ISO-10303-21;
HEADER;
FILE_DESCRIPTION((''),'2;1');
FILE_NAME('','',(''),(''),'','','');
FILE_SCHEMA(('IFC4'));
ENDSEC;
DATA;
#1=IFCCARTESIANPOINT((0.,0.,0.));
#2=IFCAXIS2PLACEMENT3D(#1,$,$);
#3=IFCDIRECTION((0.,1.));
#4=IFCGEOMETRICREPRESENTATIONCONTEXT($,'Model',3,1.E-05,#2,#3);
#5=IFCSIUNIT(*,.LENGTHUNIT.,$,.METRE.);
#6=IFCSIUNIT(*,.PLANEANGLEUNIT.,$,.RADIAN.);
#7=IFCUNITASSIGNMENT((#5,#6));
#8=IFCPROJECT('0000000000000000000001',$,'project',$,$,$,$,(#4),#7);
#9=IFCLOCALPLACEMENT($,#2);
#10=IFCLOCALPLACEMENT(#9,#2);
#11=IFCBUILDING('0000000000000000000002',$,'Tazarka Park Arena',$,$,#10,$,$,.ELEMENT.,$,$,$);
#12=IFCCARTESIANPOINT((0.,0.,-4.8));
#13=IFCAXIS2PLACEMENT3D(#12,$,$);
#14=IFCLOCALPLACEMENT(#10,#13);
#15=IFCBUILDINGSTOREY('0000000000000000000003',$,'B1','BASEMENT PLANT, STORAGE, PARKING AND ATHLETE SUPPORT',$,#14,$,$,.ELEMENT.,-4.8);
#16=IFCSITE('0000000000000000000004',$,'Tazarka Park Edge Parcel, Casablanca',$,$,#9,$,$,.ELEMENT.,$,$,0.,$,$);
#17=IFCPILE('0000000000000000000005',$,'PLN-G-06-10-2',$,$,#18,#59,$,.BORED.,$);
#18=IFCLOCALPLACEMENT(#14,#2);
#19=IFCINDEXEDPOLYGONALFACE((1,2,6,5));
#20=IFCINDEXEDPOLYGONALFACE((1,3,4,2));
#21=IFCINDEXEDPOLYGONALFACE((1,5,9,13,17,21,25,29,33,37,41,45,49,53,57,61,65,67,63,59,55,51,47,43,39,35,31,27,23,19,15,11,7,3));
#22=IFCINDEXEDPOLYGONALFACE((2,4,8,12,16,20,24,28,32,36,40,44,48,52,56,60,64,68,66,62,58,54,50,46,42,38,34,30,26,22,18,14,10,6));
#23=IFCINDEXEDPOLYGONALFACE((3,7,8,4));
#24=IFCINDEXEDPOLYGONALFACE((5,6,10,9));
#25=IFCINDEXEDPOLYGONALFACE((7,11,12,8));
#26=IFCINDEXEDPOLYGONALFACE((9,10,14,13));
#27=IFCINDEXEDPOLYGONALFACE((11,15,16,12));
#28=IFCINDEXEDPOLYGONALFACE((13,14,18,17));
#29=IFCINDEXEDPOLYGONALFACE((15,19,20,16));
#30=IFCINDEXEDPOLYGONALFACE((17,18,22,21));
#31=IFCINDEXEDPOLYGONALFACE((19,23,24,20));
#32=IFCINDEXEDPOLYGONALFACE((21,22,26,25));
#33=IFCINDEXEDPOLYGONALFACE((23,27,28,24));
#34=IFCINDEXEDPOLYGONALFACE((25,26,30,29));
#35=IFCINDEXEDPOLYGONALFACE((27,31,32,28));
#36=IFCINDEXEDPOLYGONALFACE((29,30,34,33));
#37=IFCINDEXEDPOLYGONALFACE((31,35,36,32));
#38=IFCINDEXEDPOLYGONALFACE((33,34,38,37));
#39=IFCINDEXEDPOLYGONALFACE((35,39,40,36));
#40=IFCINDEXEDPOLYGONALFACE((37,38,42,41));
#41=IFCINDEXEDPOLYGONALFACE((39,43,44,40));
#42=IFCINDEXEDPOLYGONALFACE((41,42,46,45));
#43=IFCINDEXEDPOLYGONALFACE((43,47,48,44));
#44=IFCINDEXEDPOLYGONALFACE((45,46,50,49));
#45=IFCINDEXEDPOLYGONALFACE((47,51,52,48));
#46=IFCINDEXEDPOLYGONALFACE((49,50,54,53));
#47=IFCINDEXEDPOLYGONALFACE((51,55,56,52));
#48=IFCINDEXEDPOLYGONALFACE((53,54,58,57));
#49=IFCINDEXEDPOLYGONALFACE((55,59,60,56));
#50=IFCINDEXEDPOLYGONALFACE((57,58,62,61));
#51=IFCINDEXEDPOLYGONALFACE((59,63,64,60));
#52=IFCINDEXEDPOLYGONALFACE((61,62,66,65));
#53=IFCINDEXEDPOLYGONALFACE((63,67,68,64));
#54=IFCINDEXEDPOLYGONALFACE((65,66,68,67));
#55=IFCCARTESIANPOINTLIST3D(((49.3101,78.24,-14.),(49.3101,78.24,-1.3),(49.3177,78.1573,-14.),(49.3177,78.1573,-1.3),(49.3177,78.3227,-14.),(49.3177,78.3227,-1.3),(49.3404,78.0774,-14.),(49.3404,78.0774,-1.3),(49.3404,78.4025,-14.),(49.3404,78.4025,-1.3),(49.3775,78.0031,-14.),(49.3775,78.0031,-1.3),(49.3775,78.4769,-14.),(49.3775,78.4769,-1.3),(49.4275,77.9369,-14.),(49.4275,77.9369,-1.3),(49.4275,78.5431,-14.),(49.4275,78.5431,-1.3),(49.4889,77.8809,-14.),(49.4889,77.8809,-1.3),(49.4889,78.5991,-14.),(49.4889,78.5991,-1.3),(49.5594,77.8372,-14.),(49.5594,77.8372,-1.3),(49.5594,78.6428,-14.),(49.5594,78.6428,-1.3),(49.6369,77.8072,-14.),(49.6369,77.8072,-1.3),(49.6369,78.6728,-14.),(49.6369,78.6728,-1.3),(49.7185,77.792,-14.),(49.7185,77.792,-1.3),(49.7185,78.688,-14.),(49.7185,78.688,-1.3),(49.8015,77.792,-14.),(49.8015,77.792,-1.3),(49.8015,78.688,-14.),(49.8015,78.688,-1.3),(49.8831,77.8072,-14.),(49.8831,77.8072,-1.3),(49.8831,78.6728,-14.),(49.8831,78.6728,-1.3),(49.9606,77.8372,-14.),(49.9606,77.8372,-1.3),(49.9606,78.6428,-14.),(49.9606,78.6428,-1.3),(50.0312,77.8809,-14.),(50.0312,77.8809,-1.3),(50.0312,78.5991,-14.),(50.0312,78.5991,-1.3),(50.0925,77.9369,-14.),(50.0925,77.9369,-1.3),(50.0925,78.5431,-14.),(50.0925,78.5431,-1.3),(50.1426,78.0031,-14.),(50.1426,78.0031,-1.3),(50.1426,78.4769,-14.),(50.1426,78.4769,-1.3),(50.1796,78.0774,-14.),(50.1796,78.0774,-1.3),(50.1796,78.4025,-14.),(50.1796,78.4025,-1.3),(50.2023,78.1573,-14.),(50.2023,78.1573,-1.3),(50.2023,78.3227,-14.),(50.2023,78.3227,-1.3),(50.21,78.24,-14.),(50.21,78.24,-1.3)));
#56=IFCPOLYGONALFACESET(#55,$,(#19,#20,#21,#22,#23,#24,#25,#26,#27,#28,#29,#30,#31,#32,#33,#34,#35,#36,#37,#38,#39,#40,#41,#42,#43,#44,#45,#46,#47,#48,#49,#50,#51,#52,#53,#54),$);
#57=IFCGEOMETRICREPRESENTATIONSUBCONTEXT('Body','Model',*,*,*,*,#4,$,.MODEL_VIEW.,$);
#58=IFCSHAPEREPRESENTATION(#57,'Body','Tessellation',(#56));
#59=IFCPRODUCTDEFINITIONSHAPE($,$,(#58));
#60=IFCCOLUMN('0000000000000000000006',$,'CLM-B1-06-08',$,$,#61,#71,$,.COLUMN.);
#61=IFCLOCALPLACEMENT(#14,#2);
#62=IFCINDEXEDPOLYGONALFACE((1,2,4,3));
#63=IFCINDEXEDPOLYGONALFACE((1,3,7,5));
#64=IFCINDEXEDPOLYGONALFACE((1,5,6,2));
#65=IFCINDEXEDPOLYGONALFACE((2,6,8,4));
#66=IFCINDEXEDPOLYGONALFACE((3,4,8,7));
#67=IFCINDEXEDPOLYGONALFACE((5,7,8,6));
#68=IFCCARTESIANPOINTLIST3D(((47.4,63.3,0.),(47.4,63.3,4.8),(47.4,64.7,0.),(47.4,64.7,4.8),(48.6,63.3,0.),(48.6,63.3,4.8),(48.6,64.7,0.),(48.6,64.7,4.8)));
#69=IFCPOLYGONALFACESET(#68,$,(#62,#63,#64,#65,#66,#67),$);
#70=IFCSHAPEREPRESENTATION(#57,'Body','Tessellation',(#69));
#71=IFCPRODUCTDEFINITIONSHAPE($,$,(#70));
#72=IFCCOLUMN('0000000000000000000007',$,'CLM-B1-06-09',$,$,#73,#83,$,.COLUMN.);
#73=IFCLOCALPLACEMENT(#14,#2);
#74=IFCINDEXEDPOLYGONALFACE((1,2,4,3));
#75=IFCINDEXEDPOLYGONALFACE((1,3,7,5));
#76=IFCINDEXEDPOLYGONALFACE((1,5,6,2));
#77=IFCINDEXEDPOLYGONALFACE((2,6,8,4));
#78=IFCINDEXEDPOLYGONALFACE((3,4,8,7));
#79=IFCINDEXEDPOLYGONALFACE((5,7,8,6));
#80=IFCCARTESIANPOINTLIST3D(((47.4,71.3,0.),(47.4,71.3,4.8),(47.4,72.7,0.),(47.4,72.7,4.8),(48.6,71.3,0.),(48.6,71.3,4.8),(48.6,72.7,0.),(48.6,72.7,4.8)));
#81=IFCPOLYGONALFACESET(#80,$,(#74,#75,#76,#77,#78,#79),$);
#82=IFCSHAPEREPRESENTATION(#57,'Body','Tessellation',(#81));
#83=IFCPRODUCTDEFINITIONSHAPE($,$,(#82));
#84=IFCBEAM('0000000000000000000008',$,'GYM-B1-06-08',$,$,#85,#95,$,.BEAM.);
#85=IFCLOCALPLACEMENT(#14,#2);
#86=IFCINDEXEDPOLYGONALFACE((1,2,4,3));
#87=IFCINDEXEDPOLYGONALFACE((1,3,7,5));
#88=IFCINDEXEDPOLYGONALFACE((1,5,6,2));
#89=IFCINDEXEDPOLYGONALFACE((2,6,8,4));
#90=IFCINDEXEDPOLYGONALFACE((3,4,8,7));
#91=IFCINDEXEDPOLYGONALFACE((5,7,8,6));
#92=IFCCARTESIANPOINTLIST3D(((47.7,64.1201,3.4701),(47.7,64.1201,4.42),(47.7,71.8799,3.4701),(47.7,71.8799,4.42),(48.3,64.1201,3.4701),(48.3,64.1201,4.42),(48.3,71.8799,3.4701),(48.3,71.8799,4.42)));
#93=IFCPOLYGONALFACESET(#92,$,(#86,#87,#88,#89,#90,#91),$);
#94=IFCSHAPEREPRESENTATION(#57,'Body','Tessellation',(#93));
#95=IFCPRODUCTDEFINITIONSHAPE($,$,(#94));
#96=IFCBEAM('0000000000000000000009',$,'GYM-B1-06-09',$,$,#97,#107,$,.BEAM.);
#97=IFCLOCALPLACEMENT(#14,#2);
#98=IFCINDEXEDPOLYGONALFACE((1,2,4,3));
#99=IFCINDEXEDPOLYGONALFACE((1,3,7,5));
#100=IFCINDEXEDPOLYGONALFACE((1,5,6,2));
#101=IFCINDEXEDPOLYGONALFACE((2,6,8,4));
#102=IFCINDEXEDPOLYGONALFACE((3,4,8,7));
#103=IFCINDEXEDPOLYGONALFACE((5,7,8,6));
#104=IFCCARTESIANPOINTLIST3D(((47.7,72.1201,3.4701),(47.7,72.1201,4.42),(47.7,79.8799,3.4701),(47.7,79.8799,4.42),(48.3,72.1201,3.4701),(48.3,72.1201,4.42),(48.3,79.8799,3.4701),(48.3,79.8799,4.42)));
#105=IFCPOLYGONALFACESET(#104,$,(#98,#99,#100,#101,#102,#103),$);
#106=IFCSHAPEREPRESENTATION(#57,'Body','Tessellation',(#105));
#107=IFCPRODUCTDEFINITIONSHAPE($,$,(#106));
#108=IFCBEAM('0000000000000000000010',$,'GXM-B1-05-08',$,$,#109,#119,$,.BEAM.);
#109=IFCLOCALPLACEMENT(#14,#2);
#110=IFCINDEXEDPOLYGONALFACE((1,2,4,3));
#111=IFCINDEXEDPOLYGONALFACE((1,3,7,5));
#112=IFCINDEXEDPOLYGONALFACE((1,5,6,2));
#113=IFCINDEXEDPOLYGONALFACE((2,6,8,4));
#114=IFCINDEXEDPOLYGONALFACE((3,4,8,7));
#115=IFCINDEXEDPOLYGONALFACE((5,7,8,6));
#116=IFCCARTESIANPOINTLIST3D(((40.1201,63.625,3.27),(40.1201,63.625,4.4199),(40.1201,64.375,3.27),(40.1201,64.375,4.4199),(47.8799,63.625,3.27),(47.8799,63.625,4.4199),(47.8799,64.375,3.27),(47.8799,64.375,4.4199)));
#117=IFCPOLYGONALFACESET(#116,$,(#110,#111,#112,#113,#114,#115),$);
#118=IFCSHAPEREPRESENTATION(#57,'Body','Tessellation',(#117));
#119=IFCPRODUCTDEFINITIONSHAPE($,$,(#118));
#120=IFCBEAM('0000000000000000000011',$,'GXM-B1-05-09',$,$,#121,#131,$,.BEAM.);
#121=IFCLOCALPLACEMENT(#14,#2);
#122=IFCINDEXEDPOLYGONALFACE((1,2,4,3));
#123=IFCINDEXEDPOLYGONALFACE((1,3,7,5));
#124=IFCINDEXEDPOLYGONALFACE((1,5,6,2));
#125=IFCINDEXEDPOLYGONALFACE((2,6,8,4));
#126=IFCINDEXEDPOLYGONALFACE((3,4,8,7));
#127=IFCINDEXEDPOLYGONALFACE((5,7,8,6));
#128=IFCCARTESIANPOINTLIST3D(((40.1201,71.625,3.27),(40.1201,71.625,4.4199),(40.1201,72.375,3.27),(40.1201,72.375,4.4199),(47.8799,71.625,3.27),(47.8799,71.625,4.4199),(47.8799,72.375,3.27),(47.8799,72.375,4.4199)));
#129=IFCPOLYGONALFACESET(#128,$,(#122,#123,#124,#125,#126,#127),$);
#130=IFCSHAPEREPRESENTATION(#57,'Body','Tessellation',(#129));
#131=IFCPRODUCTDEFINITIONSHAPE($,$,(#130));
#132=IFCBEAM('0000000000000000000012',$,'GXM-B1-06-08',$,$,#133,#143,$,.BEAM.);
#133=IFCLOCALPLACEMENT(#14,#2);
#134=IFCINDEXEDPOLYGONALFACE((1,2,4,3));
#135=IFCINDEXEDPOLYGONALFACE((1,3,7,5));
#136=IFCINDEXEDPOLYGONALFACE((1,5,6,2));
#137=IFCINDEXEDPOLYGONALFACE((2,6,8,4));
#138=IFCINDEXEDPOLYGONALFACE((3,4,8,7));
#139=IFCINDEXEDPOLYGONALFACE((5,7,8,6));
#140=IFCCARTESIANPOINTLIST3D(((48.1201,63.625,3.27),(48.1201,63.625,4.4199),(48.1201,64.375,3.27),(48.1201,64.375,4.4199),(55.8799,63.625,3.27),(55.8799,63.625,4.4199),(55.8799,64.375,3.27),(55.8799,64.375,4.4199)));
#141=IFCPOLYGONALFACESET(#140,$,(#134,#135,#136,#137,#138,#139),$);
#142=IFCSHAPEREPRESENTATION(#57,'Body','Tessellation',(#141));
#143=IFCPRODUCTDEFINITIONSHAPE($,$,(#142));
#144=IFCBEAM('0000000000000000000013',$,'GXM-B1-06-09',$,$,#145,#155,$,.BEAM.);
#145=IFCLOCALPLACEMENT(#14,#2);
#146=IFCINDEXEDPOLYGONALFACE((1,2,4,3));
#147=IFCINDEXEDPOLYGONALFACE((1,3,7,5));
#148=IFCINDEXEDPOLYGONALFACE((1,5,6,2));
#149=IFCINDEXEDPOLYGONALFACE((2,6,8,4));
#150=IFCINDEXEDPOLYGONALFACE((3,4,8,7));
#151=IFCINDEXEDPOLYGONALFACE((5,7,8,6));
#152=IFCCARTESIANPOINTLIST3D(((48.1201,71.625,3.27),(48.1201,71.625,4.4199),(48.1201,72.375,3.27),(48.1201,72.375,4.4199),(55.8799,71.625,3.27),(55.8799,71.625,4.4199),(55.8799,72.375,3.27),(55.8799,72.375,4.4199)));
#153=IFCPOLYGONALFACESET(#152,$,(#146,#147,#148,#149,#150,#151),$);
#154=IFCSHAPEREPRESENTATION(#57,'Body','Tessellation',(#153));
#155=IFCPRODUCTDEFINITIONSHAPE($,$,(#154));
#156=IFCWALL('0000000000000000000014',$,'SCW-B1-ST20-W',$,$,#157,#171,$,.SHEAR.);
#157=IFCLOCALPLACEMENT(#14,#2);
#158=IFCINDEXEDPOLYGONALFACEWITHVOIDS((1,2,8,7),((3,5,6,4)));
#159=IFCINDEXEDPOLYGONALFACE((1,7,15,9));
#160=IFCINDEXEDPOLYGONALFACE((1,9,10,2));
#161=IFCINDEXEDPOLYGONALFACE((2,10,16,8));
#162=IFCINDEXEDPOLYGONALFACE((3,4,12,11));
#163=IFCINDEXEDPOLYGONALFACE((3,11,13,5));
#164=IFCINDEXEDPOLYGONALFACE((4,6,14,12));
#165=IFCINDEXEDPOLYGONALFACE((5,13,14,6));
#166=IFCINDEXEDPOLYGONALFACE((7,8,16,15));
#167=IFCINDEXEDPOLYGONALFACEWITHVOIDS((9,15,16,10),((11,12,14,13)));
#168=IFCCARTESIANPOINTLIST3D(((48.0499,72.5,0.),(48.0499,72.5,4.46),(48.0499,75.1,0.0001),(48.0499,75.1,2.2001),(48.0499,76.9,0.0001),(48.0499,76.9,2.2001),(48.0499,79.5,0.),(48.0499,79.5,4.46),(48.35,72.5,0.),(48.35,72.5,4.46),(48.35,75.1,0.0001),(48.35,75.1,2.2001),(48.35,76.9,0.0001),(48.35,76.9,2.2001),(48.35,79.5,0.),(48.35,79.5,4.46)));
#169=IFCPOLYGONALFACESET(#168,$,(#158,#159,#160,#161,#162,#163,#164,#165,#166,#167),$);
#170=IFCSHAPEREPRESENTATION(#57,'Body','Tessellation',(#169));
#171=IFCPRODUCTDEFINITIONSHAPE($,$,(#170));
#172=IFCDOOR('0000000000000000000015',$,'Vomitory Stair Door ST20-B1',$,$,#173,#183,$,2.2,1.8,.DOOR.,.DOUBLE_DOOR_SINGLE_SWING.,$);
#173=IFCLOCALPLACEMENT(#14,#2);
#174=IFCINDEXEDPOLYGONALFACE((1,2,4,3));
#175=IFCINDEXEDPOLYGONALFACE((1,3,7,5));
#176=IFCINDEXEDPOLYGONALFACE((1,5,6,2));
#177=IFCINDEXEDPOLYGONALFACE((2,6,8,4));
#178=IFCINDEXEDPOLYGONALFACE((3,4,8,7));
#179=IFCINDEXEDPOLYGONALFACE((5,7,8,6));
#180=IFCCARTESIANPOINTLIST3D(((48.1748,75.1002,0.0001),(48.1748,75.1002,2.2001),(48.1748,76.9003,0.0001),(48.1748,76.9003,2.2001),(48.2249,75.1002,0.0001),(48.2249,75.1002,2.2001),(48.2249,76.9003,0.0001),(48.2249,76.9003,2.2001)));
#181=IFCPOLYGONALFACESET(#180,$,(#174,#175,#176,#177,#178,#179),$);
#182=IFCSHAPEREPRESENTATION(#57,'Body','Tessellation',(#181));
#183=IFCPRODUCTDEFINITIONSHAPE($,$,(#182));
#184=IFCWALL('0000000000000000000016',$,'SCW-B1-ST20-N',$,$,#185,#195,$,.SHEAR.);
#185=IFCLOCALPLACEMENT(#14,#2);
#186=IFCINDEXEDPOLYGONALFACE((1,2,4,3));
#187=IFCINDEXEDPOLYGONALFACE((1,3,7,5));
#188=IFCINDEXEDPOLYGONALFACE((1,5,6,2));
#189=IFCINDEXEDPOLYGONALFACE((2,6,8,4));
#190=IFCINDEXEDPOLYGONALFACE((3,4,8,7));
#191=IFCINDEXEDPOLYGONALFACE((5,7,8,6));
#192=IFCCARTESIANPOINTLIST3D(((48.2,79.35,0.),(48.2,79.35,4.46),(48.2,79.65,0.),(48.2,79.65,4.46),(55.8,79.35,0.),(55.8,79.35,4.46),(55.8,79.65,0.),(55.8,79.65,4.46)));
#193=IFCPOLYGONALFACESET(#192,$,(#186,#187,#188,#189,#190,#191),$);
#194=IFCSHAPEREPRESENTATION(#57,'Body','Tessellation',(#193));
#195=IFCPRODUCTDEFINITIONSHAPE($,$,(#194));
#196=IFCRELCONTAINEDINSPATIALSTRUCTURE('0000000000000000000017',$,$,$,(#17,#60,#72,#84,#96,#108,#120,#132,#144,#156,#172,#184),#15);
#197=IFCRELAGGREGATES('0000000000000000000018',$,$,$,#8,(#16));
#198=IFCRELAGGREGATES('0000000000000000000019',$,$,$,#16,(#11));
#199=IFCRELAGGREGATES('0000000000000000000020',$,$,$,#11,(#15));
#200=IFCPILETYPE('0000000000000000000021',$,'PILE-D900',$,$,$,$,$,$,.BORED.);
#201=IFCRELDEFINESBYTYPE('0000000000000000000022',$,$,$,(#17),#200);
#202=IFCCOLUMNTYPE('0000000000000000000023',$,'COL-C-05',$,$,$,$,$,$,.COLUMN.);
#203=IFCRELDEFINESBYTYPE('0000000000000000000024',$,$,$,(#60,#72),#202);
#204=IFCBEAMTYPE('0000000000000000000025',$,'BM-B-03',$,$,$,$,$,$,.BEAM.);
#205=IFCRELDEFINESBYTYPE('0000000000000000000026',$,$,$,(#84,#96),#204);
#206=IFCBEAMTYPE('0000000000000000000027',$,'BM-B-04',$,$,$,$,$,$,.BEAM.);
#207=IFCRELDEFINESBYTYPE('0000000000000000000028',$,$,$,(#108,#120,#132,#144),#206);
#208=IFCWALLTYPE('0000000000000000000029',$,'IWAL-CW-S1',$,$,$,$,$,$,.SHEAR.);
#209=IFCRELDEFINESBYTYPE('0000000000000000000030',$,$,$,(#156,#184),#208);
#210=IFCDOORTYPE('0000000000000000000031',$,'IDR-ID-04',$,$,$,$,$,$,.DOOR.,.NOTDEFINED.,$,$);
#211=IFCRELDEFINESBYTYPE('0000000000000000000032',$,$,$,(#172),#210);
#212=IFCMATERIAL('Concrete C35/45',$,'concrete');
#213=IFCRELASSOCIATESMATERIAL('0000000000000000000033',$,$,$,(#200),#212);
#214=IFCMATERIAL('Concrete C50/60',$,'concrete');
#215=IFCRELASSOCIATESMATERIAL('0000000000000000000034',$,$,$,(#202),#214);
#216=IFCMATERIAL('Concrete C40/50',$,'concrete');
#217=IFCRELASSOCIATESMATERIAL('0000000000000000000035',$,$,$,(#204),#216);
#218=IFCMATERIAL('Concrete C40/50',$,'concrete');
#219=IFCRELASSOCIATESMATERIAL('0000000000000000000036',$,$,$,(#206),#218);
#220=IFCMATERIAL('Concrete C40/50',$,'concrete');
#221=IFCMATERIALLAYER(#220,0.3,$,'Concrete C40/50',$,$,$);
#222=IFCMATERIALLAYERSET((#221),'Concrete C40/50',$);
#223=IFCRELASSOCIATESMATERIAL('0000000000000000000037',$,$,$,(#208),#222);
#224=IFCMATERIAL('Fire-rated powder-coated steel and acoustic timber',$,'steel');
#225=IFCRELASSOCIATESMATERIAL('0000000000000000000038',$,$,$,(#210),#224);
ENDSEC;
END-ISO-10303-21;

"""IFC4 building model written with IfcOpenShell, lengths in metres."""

from ifc_helpers import new_model, si_unit, direction, frame, frame_2d, origin, origin_2d, place, context, subcontext, project, spatial, rectangle, circle, extrude, material, layer, layer_set, material_profile, profile_set, type_object, element, fill, save


model = new_model("IFC4")

# Units and contexts
model_context = context("Model", 3, precision=1e-05, world=origin(), true_north=direction((0.0, 1.0)))
body_context = subcontext(model_context, "Body", "Model", "MODEL_VIEW")
ifc_project = project(units=[si_unit("LENGTHUNIT", "METRE"), si_unit("PLANEANGLEUNIT", "RADIAN")], contexts=[model_context])

# Site, building, storey
site_placement = place(None, origin())
site = spatial("IfcSite", under=ifc_project, at=site_placement, Name="Tazarka Park Edge Parcel, Casablanca", CompositionType="ELEMENT", RefElevation=0.0)
building_placement = place(site_placement, origin())
building = spatial("IfcBuilding", under=site, at=building_placement, Name="Tazarka Park Arena", CompositionType="ELEMENT")
storey_placement = place(building_placement, frame((0.0, 0.0, -4.8)))
storey = spatial("IfcBuildingStorey", under=building, at=storey_placement, Name="B1", Description="BASEMENT PLANT, STORAGE, PARKING AND ATHLETE SUPPORT", CompositionType="ELEMENT", Elevation=-4.8)

# Pile
ifc_material_1 = material(Name="Concrete C35/45", Category="concrete")
ifc_material_profile_1 = material_profile(ifc_material_1, circle(Radius=0.45, at=origin_2d()), Name="Concrete C35/45")
ifc_profile_set_1 = profile_set([ifc_material_profile_1], Name="Concrete C35/45")
pile_type_1 = type_object("IfcPileType", Name="PILE-D900", PredefinedType="BORED", material=ifc_profile_set_1)
for number, where, z_axis, x_axis, name in (
    (1, (49.76, 78.24, -1.3), (0.0, 0.0, -1.0), (1.0, 0.0, 0.0), "PLN-G-06-10-2"),
):
    element("IfcPile", number, at=place(storey_placement, frame(where, z_axis=z_axis, x_axis=x_axis)), inside=storey, type_object=pile_type_1, Name=name, PredefinedType="BORED", context=body_context, shape_type="SweptSolid", body=[
        extrude(circle(Radius=0.45, at=origin_2d()), origin(), (0.0, 0.0, 1.0), 12.7),
    ])

# Columns
ifc_material_2 = material(Name="Concrete C50/60", Category="concrete")
ifc_material_profile_2 = material_profile(ifc_material_2, rectangle(XDim=1.2, YDim=1.3999, at=origin_2d()), Name="Concrete C50/60")
ifc_profile_set_2 = profile_set([ifc_material_profile_2], Name="Concrete C50/60")
column_type = type_object("IfcColumnType", Name="COL-C-05", PredefinedType="COLUMN", material=ifc_profile_set_2)
for number, where, z_axis, x_axis, name in (
    (2, (48.0, 64.0, 0.0), (0.0, 0.0, 1.0), (1.0, 0.0, 0.0), "CLM-B1-06-08"),
    (3, (48.0, 72.0, 0.0), (0.0, 0.0, 1.0), (1.0, 0.0, 0.0), "CLM-B1-06-09"),
):
    element("IfcColumn", number, at=place(storey_placement, frame(where, z_axis=z_axis, x_axis=x_axis)), inside=storey, type_object=column_type, Name=name, PredefinedType="COLUMN", context=body_context, shape_type="SweptSolid", body=[
        extrude(rectangle(XDim=1.2, YDim=1.3999, at=origin_2d()), origin(), (0.0, 0.0, 1.0), 4.8),
    ])

# Beams
ifc_material_3 = material(Name="Concrete C40/50", Category="concrete")
ifc_material_profile_3 = material_profile(ifc_material_3, rectangle(XDim=0.6001, YDim=0.95, at=origin_2d()), Name="Concrete C40/50")
ifc_profile_set_3 = profile_set([ifc_material_profile_3], Name="Concrete C40/50")
beam_type_1 = type_object("IfcBeamType", Name="BM-B-03", PredefinedType="BEAM", material=ifc_profile_set_3)
for number, where, z_axis, x_axis, name in (
    (4, (48.0, 64.1201, 3.9451), (0.0, 1.0, 0.0), (-1.0, 0.0, 0.0), "GYM-B1-06-08"),
    (5, (48.0, 72.1201, 3.9451), (0.0, 1.0, 0.0), (-1.0, 0.0, 0.0), "GYM-B1-06-09"),
):
    element("IfcBeam", number, at=place(storey_placement, frame(where, z_axis=z_axis, x_axis=x_axis)), inside=storey, type_object=beam_type_1, Name=name, PredefinedType="BEAM", context=body_context, shape_type="SweptSolid", body=[
        extrude(rectangle(XDim=0.6001, YDim=0.95, at=origin_2d()), origin(), (0.0, 0.0, 1.0), 7.7598),
    ])
ifc_material_4 = material(Name="Concrete C40/50", Category="concrete")
ifc_material_profile_4 = material_profile(ifc_material_4, rectangle(XDim=0.75, YDim=1.1499, at=origin_2d()), Name="Concrete C40/50")
ifc_profile_set_4 = profile_set([ifc_material_profile_4], Name="Concrete C40/50")
beam_type_2 = type_object("IfcBeamType", Name="BM-B-04", PredefinedType="BEAM", material=ifc_profile_set_4)
for number, where, z_axis, x_axis, name in (
    (6, (40.1201, 64.0, 3.845), (1.0, 0.0, 0.0), (0.0, 1.0, 0.0), "GXM-B1-05-08"),
    (7, (40.1201, 72.0, 3.845), (1.0, 0.0, 0.0), (0.0, 1.0, 0.0), "GXM-B1-05-09"),
    (8, (48.1201, 64.0, 3.845), (1.0, 0.0, 0.0), (0.0, 1.0, 0.0), "GXM-B1-06-08"),
    (9, (48.1201, 72.0, 3.845), (1.0, 0.0, 0.0), (0.0, 1.0, 0.0), "GXM-B1-06-09"),
):
    element("IfcBeam", number, at=place(storey_placement, frame(where, z_axis=z_axis, x_axis=x_axis)), inside=storey, type_object=beam_type_2, Name=name, PredefinedType="BEAM", context=body_context, shape_type="SweptSolid", body=[
        extrude(rectangle(XDim=0.75, YDim=1.1499, at=origin_2d()), origin(), (0.0, 0.0, 1.0), 7.7598),
    ])

# Wall, opening, door
ifc_material_5 = material(Name="Concrete C40/50", Category="concrete")
ifc_layer_1 = layer(ifc_material_5, 0.3, Name="Concrete C40/50")
ifc_layer_set_1 = layer_set([ifc_layer_1], Name="Concrete C40/50")
wall_type_1 = type_object("IfcWallType", Name="IWAL-CW-S1", PredefinedType="SHEAR", material=ifc_layer_set_1)
wall_1_placement = place(storey_placement, frame((48.2, 72.5, 0.0), z_axis=(0.0, 0.0, 1.0), x_axis=(0.0, 1.0, 0.0)))
wall_1 = element("IfcWall", 10, at=wall_1_placement, inside=storey, type_object=wall_type_1, Name="SCW-B1-ST20-W", PredefinedType="SHEAR", context=body_context, shape_type="SweptSolid", body=[
    extrude(rectangle(XDim=7.0, YDim=0.3, at=frame_2d((3.5, 0.0))), origin(), (0.0, 0.0, 1.0), 4.46),
])
opening_placement = place(wall_1_placement, frame((2.6001, 0.0, 0.0)))
opening = element("IfcOpeningElement", 11, at=opening_placement, cuts=wall_1, PredefinedType="OPENING", context=body_context, shape_type="SweptSolid", body=[
    extrude(rectangle(XDim=1.8, YDim=2.2, at=frame_2d((0.8999, 1.1001))), frame((0.0, 0.1602, 0.0), z_axis=(0.0, -1.0, 0.0), x_axis=(1.0, 0.0, 0.0)), (0.0, 0.0, 1.0), 0.3201),
])
ifc_material_6 = material(Name="Fire-rated powder-coated steel and acoustic timber", Category="steel")
door_type = type_object("IfcDoorType", Name="IDR-ID-04", OperationType="NOTDEFINED", PredefinedType="DOOR", material=ifc_material_6)
door_placement = place(opening_placement, frame((1.8, 0.0, 0.0), z_axis=(0.0, 0.0, 1.0), x_axis=(-1.0, 0.0, 0.0)))
door = element("IfcDoor", 12, at=door_placement, inside=storey, type_object=door_type, Name="Vomitory Stair Door ST20-B1", OperationType="DOUBLE_DOOR_SINGLE_SWING", OverallHeight=2.2, OverallWidth=1.8, PredefinedType="DOOR", context=body_context, shape_type="SweptSolid", body=[
    extrude(rectangle(XDim=1.8, YDim=2.2, at=frame_2d((0.8999, 1.1001))), frame((0.0, 0.0249, 0.0), z_axis=(0.0, -1.0, 0.0), x_axis=(1.0, 0.0, 0.0)), (0.0, 0.0, 1.0), 0.05),
])
fill(opening, door)

# Wall
wall_2_placement = place(storey_placement, frame((48.2, 79.5, 0.0), z_axis=(0.0, 0.0, 1.0), x_axis=(1.0, 0.0, 0.0)))
element("IfcWall", 13, at=wall_2_placement, inside=storey, type_object=wall_type_1, Name="SCW-B1-ST20-N", PredefinedType="SHEAR", context=body_context, shape_type="SweptSolid", body=[
    extrude(rectangle(XDim=7.6001, YDim=0.3, at=frame_2d((3.8, 0.0))), origin(), (0.0, 0.0, 1.0), 4.46),
])

save(model, "model.ifc")
